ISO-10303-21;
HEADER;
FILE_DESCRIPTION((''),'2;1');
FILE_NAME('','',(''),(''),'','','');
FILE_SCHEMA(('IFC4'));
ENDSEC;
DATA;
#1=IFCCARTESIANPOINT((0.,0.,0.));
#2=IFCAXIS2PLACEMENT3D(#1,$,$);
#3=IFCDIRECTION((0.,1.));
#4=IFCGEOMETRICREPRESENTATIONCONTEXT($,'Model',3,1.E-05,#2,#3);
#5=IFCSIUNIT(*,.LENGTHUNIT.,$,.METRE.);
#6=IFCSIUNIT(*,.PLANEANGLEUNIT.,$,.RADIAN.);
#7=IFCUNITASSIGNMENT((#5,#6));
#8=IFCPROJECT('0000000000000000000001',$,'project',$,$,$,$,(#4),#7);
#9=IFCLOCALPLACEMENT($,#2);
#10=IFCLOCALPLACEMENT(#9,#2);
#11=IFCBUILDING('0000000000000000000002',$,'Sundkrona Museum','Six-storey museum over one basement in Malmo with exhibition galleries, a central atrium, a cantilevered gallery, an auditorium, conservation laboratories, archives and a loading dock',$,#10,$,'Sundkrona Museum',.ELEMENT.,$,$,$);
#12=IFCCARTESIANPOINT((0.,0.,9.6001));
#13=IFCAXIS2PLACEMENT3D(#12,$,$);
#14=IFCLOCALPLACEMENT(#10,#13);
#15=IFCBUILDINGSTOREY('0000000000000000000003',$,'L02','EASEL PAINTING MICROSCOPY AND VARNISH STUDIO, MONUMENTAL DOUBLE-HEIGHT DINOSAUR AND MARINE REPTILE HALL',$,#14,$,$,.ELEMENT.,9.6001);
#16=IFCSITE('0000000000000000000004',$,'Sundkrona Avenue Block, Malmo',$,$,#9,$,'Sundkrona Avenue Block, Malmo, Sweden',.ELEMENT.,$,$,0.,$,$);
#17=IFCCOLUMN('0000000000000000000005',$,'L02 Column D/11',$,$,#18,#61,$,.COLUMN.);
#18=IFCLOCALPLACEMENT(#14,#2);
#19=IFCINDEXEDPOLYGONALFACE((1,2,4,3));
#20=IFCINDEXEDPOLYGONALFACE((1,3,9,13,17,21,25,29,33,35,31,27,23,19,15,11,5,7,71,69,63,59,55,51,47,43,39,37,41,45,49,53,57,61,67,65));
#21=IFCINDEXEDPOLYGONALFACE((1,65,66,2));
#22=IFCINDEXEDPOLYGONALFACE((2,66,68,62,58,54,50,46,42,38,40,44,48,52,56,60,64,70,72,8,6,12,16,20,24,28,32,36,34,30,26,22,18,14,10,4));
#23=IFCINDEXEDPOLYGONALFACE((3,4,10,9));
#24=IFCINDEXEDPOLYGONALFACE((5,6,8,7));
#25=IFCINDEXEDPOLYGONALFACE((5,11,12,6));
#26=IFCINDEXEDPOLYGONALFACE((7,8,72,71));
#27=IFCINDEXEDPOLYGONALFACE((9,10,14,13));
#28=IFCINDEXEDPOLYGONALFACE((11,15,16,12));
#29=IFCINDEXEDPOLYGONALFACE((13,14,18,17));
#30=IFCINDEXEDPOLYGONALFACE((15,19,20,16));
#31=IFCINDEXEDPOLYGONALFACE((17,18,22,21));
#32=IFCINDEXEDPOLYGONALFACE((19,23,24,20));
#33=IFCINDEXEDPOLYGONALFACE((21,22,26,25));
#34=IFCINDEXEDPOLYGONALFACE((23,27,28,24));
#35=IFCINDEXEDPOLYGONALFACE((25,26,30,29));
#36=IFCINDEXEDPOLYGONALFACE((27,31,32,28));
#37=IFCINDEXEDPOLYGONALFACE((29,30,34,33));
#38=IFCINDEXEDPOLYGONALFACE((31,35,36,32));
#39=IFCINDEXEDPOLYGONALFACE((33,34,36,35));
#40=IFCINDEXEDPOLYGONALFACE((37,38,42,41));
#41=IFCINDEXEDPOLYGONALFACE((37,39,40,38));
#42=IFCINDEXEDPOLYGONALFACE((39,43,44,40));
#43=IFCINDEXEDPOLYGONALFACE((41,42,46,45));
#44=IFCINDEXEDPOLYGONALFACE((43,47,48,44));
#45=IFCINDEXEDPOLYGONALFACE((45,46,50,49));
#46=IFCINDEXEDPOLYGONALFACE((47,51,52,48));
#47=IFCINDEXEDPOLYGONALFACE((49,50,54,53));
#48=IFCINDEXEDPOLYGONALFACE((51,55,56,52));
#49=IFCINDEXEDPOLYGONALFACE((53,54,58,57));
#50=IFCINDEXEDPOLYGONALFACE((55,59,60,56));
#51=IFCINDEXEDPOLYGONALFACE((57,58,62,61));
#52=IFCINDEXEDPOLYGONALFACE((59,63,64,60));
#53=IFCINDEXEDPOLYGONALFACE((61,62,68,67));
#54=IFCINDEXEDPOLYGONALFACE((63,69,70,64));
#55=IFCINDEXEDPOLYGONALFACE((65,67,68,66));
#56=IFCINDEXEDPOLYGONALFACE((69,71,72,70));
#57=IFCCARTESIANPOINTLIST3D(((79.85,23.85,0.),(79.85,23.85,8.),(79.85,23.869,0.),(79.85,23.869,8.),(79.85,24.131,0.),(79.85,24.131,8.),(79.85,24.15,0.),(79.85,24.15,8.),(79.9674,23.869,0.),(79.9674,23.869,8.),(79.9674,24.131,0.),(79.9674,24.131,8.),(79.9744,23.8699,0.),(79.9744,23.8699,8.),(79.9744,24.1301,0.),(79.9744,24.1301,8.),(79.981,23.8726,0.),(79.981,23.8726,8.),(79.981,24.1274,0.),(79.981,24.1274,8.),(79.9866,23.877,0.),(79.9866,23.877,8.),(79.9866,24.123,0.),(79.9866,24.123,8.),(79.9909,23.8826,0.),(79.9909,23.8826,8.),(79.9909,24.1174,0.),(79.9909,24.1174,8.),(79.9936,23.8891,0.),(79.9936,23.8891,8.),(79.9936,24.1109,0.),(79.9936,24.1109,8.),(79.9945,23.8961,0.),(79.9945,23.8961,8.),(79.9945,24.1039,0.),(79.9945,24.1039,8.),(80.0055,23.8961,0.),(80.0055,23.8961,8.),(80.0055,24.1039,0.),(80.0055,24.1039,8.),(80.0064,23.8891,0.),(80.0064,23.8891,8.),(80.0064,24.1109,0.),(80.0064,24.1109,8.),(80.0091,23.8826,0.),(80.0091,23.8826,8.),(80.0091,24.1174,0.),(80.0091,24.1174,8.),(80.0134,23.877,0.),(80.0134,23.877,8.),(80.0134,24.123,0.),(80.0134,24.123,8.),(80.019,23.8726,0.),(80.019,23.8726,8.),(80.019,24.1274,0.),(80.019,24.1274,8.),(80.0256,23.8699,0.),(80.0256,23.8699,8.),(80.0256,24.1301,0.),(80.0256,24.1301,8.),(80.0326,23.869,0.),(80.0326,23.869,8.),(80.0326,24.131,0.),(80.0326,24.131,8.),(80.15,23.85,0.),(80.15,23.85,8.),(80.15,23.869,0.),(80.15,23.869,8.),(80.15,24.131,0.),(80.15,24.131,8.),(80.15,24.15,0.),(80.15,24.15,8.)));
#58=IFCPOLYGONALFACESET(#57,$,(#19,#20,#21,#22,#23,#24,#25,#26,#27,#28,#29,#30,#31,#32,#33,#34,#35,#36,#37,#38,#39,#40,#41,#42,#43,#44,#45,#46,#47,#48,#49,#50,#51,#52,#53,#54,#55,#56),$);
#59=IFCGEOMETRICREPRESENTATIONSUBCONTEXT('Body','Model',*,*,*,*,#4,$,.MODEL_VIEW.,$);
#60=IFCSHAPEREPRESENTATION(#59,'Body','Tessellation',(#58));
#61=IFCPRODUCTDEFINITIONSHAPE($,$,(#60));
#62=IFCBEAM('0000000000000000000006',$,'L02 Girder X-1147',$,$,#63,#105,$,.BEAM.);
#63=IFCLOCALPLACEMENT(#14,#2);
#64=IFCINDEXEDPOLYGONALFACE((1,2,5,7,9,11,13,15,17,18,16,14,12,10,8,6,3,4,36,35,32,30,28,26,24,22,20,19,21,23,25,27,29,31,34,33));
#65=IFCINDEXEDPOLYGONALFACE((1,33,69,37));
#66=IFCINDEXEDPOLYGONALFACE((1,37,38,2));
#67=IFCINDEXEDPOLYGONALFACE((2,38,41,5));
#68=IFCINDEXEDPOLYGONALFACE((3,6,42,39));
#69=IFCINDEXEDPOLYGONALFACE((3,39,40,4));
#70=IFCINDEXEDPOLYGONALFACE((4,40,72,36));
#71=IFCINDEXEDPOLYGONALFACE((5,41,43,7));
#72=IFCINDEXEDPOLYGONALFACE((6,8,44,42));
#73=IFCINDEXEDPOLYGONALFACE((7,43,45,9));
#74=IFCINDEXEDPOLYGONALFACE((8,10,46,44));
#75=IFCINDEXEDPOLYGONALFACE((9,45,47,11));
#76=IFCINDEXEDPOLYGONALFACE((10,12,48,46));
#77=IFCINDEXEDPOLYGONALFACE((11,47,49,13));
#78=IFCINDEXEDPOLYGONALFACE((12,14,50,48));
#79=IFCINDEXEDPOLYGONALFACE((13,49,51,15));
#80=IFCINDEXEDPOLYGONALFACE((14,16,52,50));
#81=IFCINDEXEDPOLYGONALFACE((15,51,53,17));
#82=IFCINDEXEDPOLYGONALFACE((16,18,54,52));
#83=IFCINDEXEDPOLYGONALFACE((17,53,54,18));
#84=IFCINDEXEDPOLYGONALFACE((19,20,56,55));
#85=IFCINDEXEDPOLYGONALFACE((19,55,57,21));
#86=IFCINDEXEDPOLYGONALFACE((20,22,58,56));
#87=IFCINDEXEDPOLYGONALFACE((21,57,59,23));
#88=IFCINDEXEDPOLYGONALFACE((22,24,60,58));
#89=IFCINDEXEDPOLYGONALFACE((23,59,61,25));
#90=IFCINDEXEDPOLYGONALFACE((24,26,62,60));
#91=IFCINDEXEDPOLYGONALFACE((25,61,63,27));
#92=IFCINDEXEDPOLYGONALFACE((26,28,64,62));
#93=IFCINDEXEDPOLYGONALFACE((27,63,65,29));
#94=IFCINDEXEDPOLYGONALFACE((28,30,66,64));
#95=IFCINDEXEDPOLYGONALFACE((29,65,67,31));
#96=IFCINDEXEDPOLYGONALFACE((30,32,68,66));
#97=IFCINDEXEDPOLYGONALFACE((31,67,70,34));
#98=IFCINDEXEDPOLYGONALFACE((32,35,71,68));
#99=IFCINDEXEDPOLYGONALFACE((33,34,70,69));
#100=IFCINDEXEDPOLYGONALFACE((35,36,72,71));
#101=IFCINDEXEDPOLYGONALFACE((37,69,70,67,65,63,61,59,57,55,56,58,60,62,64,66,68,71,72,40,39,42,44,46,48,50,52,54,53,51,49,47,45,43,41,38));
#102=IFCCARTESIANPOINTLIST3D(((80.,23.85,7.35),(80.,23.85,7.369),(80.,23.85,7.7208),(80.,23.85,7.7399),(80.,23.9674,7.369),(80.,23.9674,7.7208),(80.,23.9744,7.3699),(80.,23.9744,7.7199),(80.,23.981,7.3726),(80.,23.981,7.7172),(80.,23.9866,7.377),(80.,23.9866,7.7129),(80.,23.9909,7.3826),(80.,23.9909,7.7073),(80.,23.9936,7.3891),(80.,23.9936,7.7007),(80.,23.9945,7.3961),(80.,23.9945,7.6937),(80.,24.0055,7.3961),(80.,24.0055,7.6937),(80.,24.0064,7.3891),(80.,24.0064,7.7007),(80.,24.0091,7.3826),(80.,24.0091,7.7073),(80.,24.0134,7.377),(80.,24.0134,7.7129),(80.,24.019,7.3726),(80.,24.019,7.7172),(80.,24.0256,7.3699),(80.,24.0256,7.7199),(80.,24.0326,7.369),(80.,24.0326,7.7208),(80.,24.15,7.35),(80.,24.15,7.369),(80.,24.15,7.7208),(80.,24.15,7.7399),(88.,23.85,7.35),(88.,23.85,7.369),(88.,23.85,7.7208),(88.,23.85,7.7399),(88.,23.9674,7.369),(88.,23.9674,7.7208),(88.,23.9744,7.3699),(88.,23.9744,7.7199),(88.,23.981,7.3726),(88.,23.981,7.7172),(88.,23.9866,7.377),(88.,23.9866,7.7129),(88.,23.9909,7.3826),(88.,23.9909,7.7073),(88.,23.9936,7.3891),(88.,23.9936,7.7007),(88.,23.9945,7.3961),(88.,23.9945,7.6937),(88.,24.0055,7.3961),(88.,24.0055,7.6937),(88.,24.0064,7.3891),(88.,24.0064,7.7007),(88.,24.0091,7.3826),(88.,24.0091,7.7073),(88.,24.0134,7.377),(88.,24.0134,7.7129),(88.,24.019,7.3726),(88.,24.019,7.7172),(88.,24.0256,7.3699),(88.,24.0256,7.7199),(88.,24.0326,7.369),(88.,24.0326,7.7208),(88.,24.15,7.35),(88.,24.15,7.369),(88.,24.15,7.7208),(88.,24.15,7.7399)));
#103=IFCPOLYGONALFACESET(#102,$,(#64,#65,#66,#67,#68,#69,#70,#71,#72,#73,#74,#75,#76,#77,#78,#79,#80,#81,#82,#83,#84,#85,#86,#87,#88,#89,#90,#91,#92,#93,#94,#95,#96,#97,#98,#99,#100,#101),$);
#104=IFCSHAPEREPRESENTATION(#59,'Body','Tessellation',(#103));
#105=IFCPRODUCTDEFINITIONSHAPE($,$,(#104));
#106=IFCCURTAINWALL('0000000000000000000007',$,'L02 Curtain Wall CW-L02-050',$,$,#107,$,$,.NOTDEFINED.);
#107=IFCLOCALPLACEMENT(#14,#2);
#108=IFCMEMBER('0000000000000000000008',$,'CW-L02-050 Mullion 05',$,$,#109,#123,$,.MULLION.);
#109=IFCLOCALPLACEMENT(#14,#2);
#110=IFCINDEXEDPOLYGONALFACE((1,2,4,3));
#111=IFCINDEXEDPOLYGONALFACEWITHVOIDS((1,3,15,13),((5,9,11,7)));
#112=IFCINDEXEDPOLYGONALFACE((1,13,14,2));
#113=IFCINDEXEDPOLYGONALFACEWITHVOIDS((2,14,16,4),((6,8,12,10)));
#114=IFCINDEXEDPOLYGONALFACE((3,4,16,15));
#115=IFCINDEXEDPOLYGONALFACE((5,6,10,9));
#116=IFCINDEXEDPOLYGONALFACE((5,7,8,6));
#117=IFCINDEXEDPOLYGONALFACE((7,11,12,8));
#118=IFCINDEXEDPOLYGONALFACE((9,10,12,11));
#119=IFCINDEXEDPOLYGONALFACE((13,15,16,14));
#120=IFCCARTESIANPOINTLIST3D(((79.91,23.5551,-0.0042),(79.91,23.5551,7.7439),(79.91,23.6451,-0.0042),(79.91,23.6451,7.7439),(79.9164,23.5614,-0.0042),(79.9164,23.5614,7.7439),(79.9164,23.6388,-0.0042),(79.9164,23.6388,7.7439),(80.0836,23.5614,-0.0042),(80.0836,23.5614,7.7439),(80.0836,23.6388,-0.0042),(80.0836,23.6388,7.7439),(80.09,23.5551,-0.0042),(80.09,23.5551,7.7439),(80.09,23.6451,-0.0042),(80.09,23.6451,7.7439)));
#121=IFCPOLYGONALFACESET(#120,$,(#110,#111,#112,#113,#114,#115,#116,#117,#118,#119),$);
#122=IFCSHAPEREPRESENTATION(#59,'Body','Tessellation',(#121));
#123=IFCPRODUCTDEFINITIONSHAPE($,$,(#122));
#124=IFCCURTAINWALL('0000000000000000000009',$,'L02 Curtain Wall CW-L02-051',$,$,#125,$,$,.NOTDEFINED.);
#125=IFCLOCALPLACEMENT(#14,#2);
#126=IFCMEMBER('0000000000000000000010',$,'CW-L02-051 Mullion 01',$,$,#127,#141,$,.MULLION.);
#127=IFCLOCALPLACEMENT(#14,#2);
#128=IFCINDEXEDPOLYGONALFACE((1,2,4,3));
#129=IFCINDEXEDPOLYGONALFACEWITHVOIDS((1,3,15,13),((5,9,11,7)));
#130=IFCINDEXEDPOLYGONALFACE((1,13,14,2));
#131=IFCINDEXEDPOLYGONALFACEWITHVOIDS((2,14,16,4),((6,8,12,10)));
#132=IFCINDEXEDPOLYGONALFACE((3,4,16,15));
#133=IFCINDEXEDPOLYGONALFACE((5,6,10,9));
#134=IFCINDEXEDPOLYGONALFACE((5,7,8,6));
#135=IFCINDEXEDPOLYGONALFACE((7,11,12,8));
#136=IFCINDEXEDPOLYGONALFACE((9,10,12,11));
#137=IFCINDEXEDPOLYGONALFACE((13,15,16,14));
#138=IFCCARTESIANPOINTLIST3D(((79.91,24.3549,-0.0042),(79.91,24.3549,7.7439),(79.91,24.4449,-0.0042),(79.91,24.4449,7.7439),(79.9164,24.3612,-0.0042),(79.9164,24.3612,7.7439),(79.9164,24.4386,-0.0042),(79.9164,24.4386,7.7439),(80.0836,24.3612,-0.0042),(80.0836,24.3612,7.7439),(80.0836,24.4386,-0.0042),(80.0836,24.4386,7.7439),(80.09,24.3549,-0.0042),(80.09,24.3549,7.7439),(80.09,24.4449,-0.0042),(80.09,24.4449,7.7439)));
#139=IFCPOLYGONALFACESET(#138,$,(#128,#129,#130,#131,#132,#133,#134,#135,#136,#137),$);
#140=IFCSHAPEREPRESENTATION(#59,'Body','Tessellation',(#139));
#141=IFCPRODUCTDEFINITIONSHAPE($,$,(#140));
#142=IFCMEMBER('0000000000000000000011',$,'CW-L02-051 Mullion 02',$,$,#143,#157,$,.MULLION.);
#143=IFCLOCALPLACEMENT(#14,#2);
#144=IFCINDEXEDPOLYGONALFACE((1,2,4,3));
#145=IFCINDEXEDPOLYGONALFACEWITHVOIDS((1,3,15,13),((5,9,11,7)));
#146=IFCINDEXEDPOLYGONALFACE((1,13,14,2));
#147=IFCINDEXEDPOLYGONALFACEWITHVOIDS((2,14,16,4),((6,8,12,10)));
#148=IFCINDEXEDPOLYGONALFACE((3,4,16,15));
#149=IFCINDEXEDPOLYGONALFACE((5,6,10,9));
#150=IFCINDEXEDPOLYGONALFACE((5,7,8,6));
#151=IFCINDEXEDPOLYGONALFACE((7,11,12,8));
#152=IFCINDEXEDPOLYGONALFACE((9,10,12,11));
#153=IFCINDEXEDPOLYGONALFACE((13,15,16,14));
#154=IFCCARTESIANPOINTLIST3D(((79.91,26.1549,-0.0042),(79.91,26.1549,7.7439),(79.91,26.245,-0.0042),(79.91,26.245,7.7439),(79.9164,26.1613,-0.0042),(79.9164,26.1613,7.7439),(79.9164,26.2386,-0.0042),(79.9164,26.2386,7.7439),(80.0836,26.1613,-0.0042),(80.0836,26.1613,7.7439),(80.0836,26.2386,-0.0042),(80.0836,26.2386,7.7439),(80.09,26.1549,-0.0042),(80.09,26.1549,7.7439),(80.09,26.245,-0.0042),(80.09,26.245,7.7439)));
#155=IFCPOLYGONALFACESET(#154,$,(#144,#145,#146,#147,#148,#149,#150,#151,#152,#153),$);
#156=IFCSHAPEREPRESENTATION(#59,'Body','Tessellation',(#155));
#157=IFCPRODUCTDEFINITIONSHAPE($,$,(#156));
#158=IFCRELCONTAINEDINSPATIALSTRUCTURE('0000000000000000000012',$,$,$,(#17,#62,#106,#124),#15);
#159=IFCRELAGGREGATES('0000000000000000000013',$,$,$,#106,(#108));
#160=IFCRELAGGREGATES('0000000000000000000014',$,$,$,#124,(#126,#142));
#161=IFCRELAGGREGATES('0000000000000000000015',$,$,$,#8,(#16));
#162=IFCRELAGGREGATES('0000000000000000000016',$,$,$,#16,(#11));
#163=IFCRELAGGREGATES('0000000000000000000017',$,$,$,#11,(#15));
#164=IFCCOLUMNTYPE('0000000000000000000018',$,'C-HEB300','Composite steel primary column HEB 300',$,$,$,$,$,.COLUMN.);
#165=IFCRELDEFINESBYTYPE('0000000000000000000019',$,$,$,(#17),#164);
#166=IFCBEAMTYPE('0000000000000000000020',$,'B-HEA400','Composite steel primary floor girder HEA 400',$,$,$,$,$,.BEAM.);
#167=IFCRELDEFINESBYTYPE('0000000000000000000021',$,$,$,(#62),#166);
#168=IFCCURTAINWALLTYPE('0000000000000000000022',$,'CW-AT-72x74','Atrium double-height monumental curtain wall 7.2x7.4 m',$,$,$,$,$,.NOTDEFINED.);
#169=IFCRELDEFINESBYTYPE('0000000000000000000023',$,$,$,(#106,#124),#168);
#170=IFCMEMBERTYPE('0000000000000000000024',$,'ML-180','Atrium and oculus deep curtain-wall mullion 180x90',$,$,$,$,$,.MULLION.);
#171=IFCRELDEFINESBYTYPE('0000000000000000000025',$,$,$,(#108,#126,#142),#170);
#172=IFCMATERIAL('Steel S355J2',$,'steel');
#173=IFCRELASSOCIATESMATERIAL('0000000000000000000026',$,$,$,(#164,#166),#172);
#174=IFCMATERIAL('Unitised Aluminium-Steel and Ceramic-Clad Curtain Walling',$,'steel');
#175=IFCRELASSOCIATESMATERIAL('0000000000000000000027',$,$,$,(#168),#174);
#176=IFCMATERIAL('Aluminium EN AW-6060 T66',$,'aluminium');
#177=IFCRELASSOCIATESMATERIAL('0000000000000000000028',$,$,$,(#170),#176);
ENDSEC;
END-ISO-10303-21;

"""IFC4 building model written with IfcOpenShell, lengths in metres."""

from ifc_helpers import new_model, si_unit, direction, frame, origin, origin_2d, place, context, subcontext, project, spatial, hollow_rectangle, i_section, extrude, material, material_profile, profile_set, type_object, element, aggregate, save


model = new_model("IFC4")

# Units and contexts
model_context = context("Model", 3, precision=1e-05, world=origin(), true_north=direction((0.0, 1.0)))
body_context = subcontext(model_context, "Body", "Model", "MODEL_VIEW")
ifc_project = project(units=[si_unit("LENGTHUNIT", "METRE"), si_unit("PLANEANGLEUNIT", "RADIAN")], contexts=[model_context])

# Site, building, storey
site_placement = place(None, origin())
site = spatial("IfcSite", under=ifc_project, at=site_placement, Name="Sundkrona Avenue Block, Malmo", LongName="Sundkrona Avenue Block, Malmo, Sweden", CompositionType="ELEMENT", RefElevation=0.0)
building_placement = place(site_placement, origin())
building = spatial("IfcBuilding", under=site, at=building_placement, Name="Sundkrona Museum", Description="Six-storey museum over one basement in Malmo with exhibition galleries, a central atrium, a cantilevered gallery, an auditorium, conservation laboratories, archives and a loading dock", LongName="Sundkrona Museum", CompositionType="ELEMENT")
storey_placement = place(building_placement, frame((0.0, 0.0, 9.6001)))
storey = spatial("IfcBuildingStorey", under=building, at=storey_placement, Name="L02", Description="EASEL PAINTING MICROSCOPY AND VARNISH STUDIO, MONUMENTAL DOUBLE-HEIGHT DINOSAUR AND MARINE REPTILE HALL", CompositionType="ELEMENT", Elevation=9.6001)

# Column
ifc_material_1 = material(Name="Steel S355J2", Category="steel")
ifc_material_profile_1 = material_profile(ifc_material_1, i_section(OverallWidth=0.3, OverallDepth=0.3, WebThickness=0.011, FlangeThickness=0.019, FilletRadius=0.0271, at=origin_2d()), Name="HEB 300")
ifc_profile_set_1 = profile_set([ifc_material_profile_1], Name="Steel S355J2")
column_type = type_object("IfcColumnType", Name="C-HEB300", Description="Composite steel primary column HEB 300", PredefinedType="COLUMN", material=ifc_profile_set_1)
column_placement = place(storey_placement, frame((80.0, 24.0, 0.0), z_axis=(0.0, 0.0, 1.0), x_axis=(1.0, 0.0, 0.0)))
element("IfcColumn", 1, at=column_placement, inside=storey, type_object=column_type, Name="L02 Column D/11", PredefinedType="COLUMN", context=body_context, shape_type="SweptSolid", body=[
    extrude(i_section(OverallWidth=0.3, OverallDepth=0.3, WebThickness=0.011, FlangeThickness=0.019, FilletRadius=0.0271, at=origin_2d()), origin(), (0.0, 0.0, 1.0), 8.0),
])

# Beam
ifc_material_profile_2 = material_profile(ifc_material_1, i_section(OverallWidth=0.3, OverallDepth=0.3899, WebThickness=0.011, FlangeThickness=0.019, FilletRadius=0.0271, at=origin_2d()), Name="HEA 400")
ifc_profile_set_2 = profile_set([ifc_material_profile_2], Name="Steel S355J2")
beam_type_1 = type_object("IfcBeamType", Name="B-HEA400", Description="Composite steel primary floor girder HEA 400", PredefinedType="BEAM", material=ifc_profile_set_2)
beam_1_placement = place(storey_placement, frame((80.0, 24.0, 7.5449), z_axis=(1.0, 0.0, 0.0), x_axis=(0.0, 1.0, 0.0)))
element("IfcBeam", 2, at=beam_1_placement, inside=storey, type_object=beam_type_1, Name="L02 Girder X-1147", PredefinedType="BEAM", context=body_context, shape_type="SweptSolid", body=[
    extrude(i_section(OverallWidth=0.3, OverallDepth=0.3899, WebThickness=0.011, FlangeThickness=0.019, FilletRadius=0.0271, at=origin_2d()), origin(), (0.0, 0.0, 1.0), 8.0),
])

# Curtain wall, member
ifc_material_2 = material(Name="Unitised Aluminium-Steel and Ceramic-Clad Curtain Walling", Category="steel")
curtain_wall_type = type_object("IfcCurtainWallType", Name="CW-AT-72x74", Description="Atrium double-height monumental curtain wall 7.2x7.4 m", PredefinedType="NOTDEFINED", material=ifc_material_2)
curtain_wall_1_placement = place(storey_placement, origin())
curtain_wall_1 = element("IfcCurtainWall", 3, at=curtain_wall_1_placement, inside=storey, type_object=curtain_wall_type, Name="L02 Curtain Wall CW-L02-050", PredefinedType="NOTDEFINED")
ifc_material_3 = material(Name="Aluminium EN AW-6060 T66", Category="aluminium")
ifc_material_profile_3 = material_profile(ifc_material_3, hollow_rectangle(XDim=0.0901, YDim=0.1799, WallThickness=0.0063, at=origin_2d()), Name="RHS 180x90x6.3")
ifc_profile_set_3 = profile_set([ifc_material_profile_3], Name="Aluminium EN AW-6060 T66")
member_type_1 = type_object("IfcMemberType", Name="ML-180", Description="Atrium and oculus deep curtain-wall mullion 180x90", PredefinedType="MULLION", material=ifc_profile_set_3)
member_1_placement = place(storey_placement, frame((80.0, 23.6001, -0.0042), z_axis=(0.0, 0.0, 1.0), x_axis=(0.0, 1.0, 0.0)))
member_1 = element("IfcMember", 4, at=member_1_placement, type_object=member_type_1, Name="CW-L02-050 Mullion 05", PredefinedType="MULLION", context=body_context, shape_type="SweptSolid", body=[
    extrude(hollow_rectangle(XDim=0.0901, YDim=0.1799, WallThickness=0.0063, at=origin_2d()), origin(), (0.0, 0.0, 1.0), 7.748),
])

# Curtain wall, members
curtain_wall_2_placement = place(storey_placement, origin())
curtain_wall_2 = element("IfcCurtainWall", 5, at=curtain_wall_2_placement, inside=storey, type_object=curtain_wall_type, Name="L02 Curtain Wall CW-L02-051", PredefinedType="NOTDEFINED")
member_2_placement = place(storey_placement, frame((80.0, 24.3999, -0.0042), z_axis=(0.0, 0.0, 1.0), x_axis=(0.0, 1.0, 0.0)))
member_2 = element("IfcMember", 6, at=member_2_placement, type_object=member_type_1, Name="CW-L02-051 Mullion 01", PredefinedType="MULLION", context=body_context, shape_type="SweptSolid", body=[
    extrude(hollow_rectangle(XDim=0.0901, YDim=0.1799, WallThickness=0.0063, at=origin_2d()), origin(), (0.0, 0.0, 1.0), 7.748),
])
member_3_placement = place(storey_placement, frame((80.0, 26.2, -0.0042), z_axis=(0.0, 0.0, 1.0), x_axis=(0.0, 1.0, 0.0)))
member_3 = element("IfcMember", 7, at=member_3_placement, type_object=member_type_1, Name="CW-L02-051 Mullion 02", PredefinedType="MULLION", context=body_context, shape_type="SweptSolid", body=[
    extrude(hollow_rectangle(XDim=0.0901, YDim=0.1799, WallThickness=0.0063, at=origin_2d()), origin(), (0.0, 0.0, 1.0), 7.748),
])

aggregate(curtain_wall_1, [member_1])
aggregate(curtain_wall_2, [member_2, member_3])

save(model, "model.ifc")
